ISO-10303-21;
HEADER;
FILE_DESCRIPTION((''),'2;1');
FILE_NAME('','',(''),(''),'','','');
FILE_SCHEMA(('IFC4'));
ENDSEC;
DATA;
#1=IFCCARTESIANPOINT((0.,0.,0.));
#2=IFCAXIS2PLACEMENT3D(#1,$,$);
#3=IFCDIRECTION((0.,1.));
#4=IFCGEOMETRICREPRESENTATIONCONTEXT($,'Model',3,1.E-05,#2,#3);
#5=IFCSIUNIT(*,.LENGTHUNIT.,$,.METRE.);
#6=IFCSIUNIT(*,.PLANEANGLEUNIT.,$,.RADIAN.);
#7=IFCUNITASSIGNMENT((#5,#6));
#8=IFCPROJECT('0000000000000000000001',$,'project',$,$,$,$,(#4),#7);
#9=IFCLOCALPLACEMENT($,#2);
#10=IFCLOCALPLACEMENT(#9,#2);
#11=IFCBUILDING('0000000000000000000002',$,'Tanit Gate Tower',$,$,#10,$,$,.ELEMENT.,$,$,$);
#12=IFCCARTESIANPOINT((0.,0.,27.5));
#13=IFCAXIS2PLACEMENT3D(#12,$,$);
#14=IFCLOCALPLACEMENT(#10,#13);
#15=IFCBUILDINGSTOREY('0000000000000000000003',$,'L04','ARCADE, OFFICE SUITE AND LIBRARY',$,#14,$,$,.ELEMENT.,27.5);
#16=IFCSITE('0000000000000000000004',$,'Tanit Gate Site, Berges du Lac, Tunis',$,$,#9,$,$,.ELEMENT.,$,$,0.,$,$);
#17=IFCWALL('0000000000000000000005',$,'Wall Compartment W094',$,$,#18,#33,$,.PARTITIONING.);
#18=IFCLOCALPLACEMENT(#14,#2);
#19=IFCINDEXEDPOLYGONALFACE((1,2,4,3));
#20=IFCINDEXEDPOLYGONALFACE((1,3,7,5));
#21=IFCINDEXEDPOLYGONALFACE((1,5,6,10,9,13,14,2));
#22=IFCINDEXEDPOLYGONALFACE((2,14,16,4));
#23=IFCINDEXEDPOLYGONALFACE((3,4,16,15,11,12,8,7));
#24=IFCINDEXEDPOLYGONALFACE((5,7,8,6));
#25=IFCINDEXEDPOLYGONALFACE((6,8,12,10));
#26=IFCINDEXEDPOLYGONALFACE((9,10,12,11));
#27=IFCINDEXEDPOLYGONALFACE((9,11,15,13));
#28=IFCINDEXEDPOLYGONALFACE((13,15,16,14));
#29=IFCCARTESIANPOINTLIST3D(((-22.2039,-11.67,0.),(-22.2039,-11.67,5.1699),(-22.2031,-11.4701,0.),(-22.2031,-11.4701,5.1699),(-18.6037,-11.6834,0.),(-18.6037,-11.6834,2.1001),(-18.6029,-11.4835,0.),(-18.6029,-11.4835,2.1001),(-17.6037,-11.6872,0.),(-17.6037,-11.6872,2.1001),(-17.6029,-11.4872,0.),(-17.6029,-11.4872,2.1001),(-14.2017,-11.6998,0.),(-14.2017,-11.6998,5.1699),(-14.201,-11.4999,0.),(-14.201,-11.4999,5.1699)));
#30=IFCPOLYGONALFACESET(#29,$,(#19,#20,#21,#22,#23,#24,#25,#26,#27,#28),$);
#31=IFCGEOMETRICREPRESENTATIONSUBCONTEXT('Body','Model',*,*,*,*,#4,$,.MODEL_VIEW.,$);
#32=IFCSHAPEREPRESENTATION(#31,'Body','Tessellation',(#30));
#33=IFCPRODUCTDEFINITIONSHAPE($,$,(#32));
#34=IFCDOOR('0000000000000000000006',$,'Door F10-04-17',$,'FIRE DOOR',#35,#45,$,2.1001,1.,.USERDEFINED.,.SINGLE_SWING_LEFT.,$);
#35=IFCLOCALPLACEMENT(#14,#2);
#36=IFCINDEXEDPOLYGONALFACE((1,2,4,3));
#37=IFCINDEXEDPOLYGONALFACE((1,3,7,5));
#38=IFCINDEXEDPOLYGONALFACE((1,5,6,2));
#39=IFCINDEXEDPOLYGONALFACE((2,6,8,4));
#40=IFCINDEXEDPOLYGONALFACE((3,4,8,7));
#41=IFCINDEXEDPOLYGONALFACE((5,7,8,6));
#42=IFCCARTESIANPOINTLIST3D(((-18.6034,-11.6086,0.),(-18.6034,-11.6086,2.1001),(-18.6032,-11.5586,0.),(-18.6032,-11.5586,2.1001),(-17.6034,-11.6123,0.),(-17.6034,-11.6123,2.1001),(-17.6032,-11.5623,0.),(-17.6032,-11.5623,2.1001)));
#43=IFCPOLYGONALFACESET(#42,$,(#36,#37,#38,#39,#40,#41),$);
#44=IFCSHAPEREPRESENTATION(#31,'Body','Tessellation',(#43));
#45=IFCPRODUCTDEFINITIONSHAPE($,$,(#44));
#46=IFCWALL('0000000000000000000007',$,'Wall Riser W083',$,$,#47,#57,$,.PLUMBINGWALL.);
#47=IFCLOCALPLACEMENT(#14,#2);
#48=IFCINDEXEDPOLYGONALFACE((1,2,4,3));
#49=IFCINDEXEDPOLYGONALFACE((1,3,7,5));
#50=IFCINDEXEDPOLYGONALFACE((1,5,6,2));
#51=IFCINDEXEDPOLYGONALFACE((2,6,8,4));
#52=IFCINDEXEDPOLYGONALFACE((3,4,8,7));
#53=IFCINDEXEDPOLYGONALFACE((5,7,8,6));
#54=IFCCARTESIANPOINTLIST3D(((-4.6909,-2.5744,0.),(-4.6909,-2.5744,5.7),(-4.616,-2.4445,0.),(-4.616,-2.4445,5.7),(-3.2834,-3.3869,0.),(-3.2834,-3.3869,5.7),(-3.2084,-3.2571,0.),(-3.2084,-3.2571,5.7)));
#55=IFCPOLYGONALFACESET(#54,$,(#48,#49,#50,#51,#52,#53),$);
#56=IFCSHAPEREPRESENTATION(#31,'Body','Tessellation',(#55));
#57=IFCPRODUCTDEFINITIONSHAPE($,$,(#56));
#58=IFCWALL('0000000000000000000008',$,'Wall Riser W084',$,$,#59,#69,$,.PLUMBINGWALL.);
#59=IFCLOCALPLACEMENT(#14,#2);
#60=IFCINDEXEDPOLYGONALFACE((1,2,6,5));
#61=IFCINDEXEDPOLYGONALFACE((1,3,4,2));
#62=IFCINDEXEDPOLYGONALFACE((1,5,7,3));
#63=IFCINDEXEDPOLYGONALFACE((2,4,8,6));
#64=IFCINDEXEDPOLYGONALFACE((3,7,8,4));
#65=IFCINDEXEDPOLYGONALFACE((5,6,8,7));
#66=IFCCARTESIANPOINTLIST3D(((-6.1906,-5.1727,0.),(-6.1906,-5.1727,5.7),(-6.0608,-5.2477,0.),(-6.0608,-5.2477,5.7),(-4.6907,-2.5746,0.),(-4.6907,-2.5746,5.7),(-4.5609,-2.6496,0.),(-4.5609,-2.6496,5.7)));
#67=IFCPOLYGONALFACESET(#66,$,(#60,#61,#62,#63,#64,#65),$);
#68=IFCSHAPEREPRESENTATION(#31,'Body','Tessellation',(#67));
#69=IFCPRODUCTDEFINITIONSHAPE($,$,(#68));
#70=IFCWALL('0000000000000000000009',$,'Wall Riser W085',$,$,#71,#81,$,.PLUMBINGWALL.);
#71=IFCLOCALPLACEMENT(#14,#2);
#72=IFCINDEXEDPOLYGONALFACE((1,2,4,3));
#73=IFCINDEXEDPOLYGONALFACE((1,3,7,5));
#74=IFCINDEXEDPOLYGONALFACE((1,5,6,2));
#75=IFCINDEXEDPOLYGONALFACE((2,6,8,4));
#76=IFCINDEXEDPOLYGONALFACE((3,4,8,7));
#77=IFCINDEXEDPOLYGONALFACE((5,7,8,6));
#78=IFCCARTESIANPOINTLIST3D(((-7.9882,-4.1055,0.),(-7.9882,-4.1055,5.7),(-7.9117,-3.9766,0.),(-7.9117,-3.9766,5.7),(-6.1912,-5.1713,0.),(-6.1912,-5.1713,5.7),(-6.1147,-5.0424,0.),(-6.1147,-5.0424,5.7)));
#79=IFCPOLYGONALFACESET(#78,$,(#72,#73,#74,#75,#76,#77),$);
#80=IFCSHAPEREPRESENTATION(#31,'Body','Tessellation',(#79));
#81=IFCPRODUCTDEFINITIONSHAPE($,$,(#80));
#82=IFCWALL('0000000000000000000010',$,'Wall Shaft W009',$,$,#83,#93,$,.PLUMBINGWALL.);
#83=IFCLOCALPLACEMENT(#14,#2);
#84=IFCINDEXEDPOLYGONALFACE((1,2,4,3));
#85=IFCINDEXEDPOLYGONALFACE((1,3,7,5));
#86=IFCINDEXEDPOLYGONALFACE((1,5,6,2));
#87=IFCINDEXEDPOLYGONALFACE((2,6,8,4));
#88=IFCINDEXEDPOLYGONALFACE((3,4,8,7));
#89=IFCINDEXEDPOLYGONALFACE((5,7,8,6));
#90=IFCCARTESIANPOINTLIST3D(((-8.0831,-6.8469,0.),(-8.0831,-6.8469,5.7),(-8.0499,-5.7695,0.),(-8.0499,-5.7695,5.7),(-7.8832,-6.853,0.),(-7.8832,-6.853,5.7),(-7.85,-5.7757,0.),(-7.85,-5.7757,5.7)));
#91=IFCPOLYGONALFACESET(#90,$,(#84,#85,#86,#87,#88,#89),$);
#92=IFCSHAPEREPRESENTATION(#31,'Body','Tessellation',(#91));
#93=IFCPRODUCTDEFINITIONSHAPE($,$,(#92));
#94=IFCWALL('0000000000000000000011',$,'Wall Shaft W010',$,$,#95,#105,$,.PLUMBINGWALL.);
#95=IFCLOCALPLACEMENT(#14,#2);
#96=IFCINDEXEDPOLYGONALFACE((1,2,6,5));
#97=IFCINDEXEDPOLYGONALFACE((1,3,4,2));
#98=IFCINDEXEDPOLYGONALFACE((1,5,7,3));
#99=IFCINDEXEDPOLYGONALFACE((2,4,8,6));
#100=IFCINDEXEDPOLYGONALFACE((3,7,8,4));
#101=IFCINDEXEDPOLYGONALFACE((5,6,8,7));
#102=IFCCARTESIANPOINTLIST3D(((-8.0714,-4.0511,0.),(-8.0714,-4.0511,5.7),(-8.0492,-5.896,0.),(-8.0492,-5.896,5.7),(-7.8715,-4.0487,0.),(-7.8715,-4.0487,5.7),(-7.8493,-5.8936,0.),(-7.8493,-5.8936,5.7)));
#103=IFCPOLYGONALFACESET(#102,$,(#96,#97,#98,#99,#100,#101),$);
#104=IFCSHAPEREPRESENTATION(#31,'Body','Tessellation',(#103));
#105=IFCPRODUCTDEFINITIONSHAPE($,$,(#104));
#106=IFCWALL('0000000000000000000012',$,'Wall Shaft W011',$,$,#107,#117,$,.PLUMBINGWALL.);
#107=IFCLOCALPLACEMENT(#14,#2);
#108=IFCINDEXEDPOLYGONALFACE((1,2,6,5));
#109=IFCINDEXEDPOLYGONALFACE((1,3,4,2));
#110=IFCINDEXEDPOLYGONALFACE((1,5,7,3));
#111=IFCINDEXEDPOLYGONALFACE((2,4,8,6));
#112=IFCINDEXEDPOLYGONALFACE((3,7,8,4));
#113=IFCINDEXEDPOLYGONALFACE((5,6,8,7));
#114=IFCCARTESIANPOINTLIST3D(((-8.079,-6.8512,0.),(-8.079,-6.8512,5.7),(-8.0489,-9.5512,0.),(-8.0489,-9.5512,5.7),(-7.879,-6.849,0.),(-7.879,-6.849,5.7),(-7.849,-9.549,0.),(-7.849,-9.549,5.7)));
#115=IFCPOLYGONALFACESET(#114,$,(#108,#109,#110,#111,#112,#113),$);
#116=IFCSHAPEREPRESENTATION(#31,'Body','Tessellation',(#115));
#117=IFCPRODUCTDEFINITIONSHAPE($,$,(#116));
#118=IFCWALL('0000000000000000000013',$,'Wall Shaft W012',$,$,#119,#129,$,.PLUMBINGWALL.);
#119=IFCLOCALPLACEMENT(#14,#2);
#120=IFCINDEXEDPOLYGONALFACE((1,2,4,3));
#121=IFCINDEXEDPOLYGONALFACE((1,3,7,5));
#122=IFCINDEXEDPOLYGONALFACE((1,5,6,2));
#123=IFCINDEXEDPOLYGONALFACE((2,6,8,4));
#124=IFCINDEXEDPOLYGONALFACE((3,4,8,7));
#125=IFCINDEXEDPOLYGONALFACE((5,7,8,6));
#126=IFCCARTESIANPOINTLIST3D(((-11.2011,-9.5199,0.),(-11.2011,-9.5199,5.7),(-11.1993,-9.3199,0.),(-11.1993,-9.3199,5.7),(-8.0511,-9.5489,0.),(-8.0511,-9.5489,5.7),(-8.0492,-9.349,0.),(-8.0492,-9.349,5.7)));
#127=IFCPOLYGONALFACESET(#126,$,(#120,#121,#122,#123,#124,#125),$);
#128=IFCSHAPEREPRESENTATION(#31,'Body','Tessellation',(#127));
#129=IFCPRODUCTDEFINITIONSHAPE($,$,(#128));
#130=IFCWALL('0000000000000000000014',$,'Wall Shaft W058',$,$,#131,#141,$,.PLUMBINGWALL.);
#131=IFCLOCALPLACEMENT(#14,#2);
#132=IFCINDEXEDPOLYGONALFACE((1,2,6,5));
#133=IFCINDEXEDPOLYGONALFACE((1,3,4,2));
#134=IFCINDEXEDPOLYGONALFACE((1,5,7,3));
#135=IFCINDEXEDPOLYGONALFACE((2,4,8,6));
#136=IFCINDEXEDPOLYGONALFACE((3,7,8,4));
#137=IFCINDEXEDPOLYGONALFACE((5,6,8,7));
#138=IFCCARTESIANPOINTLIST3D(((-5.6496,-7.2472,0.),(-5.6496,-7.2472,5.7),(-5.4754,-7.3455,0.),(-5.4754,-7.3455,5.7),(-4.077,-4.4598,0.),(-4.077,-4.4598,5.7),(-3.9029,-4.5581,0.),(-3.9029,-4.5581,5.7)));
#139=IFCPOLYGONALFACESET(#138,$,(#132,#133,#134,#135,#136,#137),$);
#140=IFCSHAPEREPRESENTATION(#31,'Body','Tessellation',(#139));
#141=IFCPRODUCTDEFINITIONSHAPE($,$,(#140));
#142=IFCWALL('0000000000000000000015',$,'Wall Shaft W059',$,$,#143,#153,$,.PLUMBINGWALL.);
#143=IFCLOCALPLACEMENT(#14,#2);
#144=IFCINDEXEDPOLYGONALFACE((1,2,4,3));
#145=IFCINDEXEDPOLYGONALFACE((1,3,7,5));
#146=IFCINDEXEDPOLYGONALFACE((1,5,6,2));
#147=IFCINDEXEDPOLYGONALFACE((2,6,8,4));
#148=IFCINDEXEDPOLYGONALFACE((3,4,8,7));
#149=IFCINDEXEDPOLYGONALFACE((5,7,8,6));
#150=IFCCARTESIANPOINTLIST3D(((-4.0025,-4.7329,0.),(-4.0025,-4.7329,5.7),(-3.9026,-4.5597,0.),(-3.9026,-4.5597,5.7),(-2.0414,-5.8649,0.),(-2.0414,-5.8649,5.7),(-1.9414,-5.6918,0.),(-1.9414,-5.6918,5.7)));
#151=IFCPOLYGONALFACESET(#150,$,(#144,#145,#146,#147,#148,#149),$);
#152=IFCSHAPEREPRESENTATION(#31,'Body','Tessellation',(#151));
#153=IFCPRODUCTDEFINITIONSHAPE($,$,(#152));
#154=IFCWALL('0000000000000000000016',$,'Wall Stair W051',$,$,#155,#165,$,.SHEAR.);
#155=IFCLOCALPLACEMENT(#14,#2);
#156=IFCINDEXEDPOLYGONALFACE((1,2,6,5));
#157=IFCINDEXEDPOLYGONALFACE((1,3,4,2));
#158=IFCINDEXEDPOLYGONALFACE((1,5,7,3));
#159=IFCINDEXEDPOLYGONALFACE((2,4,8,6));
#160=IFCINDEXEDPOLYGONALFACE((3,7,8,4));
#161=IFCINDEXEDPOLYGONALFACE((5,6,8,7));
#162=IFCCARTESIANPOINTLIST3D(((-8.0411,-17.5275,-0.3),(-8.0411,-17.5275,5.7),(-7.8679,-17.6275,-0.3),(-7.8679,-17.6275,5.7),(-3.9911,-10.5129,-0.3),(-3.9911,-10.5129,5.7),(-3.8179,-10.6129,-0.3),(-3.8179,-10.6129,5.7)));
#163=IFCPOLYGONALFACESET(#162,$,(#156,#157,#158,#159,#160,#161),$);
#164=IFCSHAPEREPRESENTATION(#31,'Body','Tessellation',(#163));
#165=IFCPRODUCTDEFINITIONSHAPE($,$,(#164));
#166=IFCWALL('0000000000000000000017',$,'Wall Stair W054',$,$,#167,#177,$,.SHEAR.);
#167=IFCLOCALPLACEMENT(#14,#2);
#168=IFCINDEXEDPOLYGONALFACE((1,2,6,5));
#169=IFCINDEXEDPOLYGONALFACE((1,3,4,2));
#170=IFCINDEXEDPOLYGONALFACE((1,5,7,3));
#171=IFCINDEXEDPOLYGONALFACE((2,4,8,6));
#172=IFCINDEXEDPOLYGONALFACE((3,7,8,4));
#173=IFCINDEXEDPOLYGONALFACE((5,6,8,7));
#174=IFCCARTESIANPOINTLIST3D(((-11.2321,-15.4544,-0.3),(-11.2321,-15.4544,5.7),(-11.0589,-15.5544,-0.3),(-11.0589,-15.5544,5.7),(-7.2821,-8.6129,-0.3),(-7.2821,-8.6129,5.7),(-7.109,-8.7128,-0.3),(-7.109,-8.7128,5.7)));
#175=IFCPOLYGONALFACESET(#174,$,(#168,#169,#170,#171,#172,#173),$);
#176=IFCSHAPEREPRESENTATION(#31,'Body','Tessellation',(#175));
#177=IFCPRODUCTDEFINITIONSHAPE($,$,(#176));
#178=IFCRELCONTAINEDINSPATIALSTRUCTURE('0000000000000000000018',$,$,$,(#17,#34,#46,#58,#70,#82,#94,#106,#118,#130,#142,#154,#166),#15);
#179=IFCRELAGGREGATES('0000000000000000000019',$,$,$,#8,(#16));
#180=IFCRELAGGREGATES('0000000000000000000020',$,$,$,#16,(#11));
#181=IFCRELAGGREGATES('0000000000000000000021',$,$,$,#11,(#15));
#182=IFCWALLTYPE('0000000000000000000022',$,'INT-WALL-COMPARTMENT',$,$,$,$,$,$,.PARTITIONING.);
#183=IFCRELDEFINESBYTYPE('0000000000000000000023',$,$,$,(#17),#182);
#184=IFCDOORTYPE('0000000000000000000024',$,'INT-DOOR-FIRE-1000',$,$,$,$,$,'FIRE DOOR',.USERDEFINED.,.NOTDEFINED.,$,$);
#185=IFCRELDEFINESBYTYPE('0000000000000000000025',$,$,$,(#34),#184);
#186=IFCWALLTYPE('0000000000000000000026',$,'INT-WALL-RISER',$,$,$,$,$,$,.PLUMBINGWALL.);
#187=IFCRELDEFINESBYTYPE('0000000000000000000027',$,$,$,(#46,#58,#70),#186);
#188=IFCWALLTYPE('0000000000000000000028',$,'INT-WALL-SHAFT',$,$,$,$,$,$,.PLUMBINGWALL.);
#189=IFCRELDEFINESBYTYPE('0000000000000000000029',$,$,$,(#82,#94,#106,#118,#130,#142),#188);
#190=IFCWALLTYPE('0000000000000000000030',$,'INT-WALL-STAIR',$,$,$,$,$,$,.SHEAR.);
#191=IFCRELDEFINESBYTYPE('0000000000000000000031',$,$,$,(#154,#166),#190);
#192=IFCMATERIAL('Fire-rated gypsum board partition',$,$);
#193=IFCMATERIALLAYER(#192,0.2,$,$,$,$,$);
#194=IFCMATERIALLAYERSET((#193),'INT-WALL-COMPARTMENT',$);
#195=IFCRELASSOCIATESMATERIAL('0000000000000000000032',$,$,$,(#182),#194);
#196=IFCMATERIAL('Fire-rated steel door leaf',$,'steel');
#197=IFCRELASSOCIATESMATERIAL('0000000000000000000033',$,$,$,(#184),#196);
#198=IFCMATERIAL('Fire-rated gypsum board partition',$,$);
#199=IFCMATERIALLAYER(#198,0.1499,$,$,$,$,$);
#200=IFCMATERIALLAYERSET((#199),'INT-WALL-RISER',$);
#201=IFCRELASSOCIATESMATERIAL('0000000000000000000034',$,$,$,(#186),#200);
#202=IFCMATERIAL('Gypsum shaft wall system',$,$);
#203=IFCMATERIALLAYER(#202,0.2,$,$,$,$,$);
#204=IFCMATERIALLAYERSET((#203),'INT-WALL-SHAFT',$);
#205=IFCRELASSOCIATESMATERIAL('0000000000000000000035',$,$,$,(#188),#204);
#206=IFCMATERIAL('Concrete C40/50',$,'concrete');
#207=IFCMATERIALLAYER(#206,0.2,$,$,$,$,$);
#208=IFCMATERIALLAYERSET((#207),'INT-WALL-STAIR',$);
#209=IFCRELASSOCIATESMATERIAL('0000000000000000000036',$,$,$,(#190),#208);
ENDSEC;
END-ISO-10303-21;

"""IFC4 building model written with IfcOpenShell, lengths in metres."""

from ifc_helpers import new_model, si_unit, direction, frame, frame_2d, origin, place, context, subcontext, project, spatial, rectangle, extrude, material, layer, layer_set, type_object, element, fill, save


model = new_model("IFC4")

# Units and contexts
model_context = context("Model", 3, precision=1e-05, world=origin(), true_north=direction((0.0, 1.0)))
body_context = subcontext(model_context, "Body", "Model", "MODEL_VIEW")
ifc_project = project(units=[si_unit("LENGTHUNIT", "METRE"), si_unit("PLANEANGLEUNIT", "RADIAN")], contexts=[model_context])

# Site, building, storey
site_placement = place(None, origin())
site = spatial("IfcSite", under=ifc_project, at=site_placement, Name="Tanit Gate Site, Berges du Lac, Tunis", CompositionType="ELEMENT", RefElevation=0.0)
building_placement = place(site_placement, origin())
building = spatial("IfcBuilding", under=site, at=building_placement, Name="Tanit Gate Tower", CompositionType="ELEMENT")
storey_placement = place(building_placement, frame((0.0, 0.0, 27.5)))
storey = spatial("IfcBuildingStorey", under=building, at=storey_placement, Name="L04", Description="ARCADE, OFFICE SUITE AND LIBRARY", CompositionType="ELEMENT", Elevation=27.5)

# Shared definitions
ifc_material_1 = material(Name="Fire-rated gypsum board partition")
ifc_layer_1 = layer(ifc_material_1, 0.2)
ifc_layer_set_1 = layer_set([ifc_layer_1], Name="INT-WALL-COMPARTMENT")
wall_type_1 = type_object("IfcWallType", Name="INT-WALL-COMPARTMENT", PredefinedType="PARTITIONING", material=ifc_layer_set_1)

# Shared definitions
ifc_material_2 = material(Name="Fire-rated steel door leaf", Category="steel")
door_type_1 = type_object("IfcDoorType", Name="INT-DOOR-FIRE-1000", ElementType="FIRE DOOR", OperationType="NOTDEFINED", PredefinedType="USERDEFINED", material=ifc_material_2)

# Wall, opening, door
wall_1_placement = place(storey_placement, frame((-22.2034, -11.5701, 0.0), z_axis=(0.0, 0.0, 1.0), x_axis=(0.999993, -0.003722, 0.0)))
wall_1 = element("IfcWall", 1, at=wall_1_placement, inside=storey, type_object=wall_type_1, Name="Wall Compartment W094", PredefinedType="PARTITIONING", context=body_context, shape_type="SweptSolid", body=[
    extrude(rectangle(XDim=8.0022, YDim=0.2, at=frame_2d((4.001, 0.0))), origin(), (0.0, 0.0, 1.0), 5.1699),
])
opening_1_placement = place(wall_1_placement, frame((3.6001, 0.0, 0.0)))
opening_1 = element("IfcOpeningElement", 2, at=opening_1_placement, cuts=wall_1, PredefinedType="OPENING", context=body_context, shape_type="SweptSolid", body=[
    extrude(rectangle(XDim=1.0, YDim=2.1001, at=frame_2d((0.5, 1.05))), frame((0.0, 0.1099, 0.0), z_axis=(0.0, -1.0, 0.0), x_axis=(1.0, 0.0, 0.0)), (0.0, 0.0, 1.0), 0.22),
])
door_1_placement = place(opening_1_placement, origin())
door_1 = element("IfcDoor", 3, at=door_1_placement, inside=storey, type_object=door_type_1, Name="Door F10-04-17", ObjectType="FIRE DOOR", OperationType="SINGLE_SWING_LEFT", OverallHeight=2.1001, OverallWidth=1.0, PredefinedType="USERDEFINED", context=body_context, shape_type="SweptSolid", body=[
    extrude(rectangle(XDim=1.0, YDim=2.1001, at=frame_2d((0.5, 1.05))), frame((0.0, 0.0249, 0.0), z_axis=(0.0, -1.0, 0.0), x_axis=(1.0, 0.0, 0.0)), (0.0, 0.0, 1.0), 0.05),
])
fill(opening_1, door_1)

# Walls
ifc_material_3 = material(Name="Fire-rated gypsum board partition")
ifc_layer_2 = layer(ifc_material_3, 0.1499)
ifc_layer_set_2 = layer_set([ifc_layer_2], Name="INT-WALL-RISER")
wall_type_2 = type_object("IfcWallType", Name="INT-WALL-RISER", PredefinedType="PLUMBINGWALL", material=ifc_layer_set_2)
wall_2_placement = place(storey_placement, frame((-4.6533, -2.5095, 0.0), z_axis=(0.0, 0.0, 1.0), x_axis=(0.866053, -0.499952, 0.0)))
element("IfcWall", 4, at=wall_2_placement, inside=storey, type_object=wall_type_2, Name="Wall Riser W083", PredefinedType="PLUMBINGWALL", context=body_context, shape_type="SweptSolid", body=[
    extrude(rectangle(XDim=1.6252, YDim=0.1499, at=frame_2d((0.8125, 0.0))), origin(), (0.0, 0.0, 1.0), 5.7),
])
wall_3_placement = place(storey_placement, frame((-6.1257, -5.2102, 0.0), z_axis=(0.0, 0.0, 1.0), x_axis=(0.49999, 0.866031, 0.0)))
element("IfcWall", 5, at=wall_3_placement, inside=storey, type_object=wall_type_2, Name="Wall Riser W084", PredefinedType="PLUMBINGWALL", context=body_context, shape_type="SweptSolid", body=[
    extrude(rectangle(XDim=3.0, YDim=0.1499, at=frame_2d((1.5, 0.0))), origin(), (0.0, 0.0, 1.0), 5.7),
])
wall_4_placement = place(storey_placement, frame((-7.95, -4.041, 0.0), z_axis=(0.0, 0.0, 1.0), x_axis=(0.86009, -0.510142, 0.0)))
element("IfcWall", 6, at=wall_4_placement, inside=storey, type_object=wall_type_2, Name="Wall Riser W085", PredefinedType="PLUMBINGWALL", context=body_context, shape_type="SweptSolid", body=[
    extrude(rectangle(XDim=2.0894, YDim=0.1499, at=frame_2d((1.0447, 0.0))), origin(), (0.0, 0.0, 1.0), 5.7),
])
ifc_material_4 = material(Name="Gypsum shaft wall system")
ifc_layer_3 = layer(ifc_material_4, 0.2)
ifc_layer_set_3 = layer_set([ifc_layer_3], Name="INT-WALL-SHAFT")
wall_type_3 = type_object("IfcWallType", Name="INT-WALL-SHAFT", PredefinedType="PLUMBINGWALL", material=ifc_layer_set_3)
wall_5_placement = place(storey_placement, frame((-7.95, -5.7725, 0.0), z_axis=(0.0, 0.0, 1.0), x_axis=(-0.030803, -0.999525, 0.0)))
element("IfcWall", 7, at=wall_5_placement, inside=storey, type_object=wall_type_3, Name="Wall Shaft W009", PredefinedType="PLUMBINGWALL", context=body_context, shape_type="SweptSolid", body=[
    extrude(rectangle(XDim=1.0779, YDim=0.2, at=frame_2d((0.5391, 0.0))), origin(), (0.0, 0.0, 1.0), 5.7),
])
wall_6_placement = place(storey_placement, frame((-7.9714, -4.05, 0.0), z_axis=(0.0, 0.0, 1.0), x_axis=(0.012043, -0.999927, 0.0)))
element("IfcWall", 8, at=wall_6_placement, inside=storey, type_object=wall_type_3, Name="Wall Shaft W010", PredefinedType="PLUMBINGWALL", context=body_context, shape_type="SweptSolid", body=[
    extrude(rectangle(XDim=1.845, YDim=0.2, at=frame_2d((0.9224, 0.0))), origin(), (0.0, 0.0, 1.0), 5.7),
])
wall_7_placement = place(storey_placement, frame((-7.979, -6.8501, 0.0), z_axis=(0.0, 0.0, 1.0), x_axis=(0.011121, -0.999938, 0.0)))
element("IfcWall", 9, at=wall_7_placement, inside=storey, type_object=wall_type_3, Name="Wall Shaft W011", PredefinedType="PLUMBINGWALL", context=body_context, shape_type="SweptSolid", body=[
    extrude(rectangle(XDim=2.7002, YDim=0.2, at=frame_2d((1.3501, 0.0))), origin(), (0.0, 0.0, 1.0), 5.7),
])
wall_8_placement = place(storey_placement, frame((-8.05, -9.449, 0.0), z_axis=(0.0, 0.0, 1.0), x_axis=(-0.999957, 0.009223, 0.0)))
element("IfcWall", 10, at=wall_8_placement, inside=storey, type_object=wall_type_3, Name="Wall Shaft W012", PredefinedType="PLUMBINGWALL", context=body_context, shape_type="SweptSolid", body=[
    extrude(rectangle(XDim=3.1501, YDim=0.2, at=frame_2d((1.5752, 0.0))), origin(), (0.0, 0.0, 1.0), 5.7),
])

# Walls
wall_9_placement = place(storey_placement, frame((-3.99, -4.509, 0.0), z_axis=(0.0, 0.0, 1.0), x_axis=(-0.491358, -0.870958, 0.0)))
element("IfcWall", 11, at=wall_9_placement, inside=storey, type_object=wall_type_3, Name="Wall Shaft W058", PredefinedType="PLUMBINGWALL", context=body_context, shape_type="SweptSolid", body=[
    extrude(rectangle(XDim=3.2004, YDim=0.2, at=frame_2d((1.6001, 0.0))), origin(), (0.0, 0.0, 1.0), 5.7),
])
wall_10_placement = place(storey_placement, frame((-3.9526, -4.6462, 0.0), z_axis=(0.0, 0.0, 1.0), x_axis=(0.866065, -0.499931, 0.0)))
element("IfcWall", 12, at=wall_10_placement, inside=storey, type_object=wall_type_3, Name="Wall Shaft W059", PredefinedType="PLUMBINGWALL", context=body_context, shape_type="SweptSolid", body=[
    extrude(rectangle(XDim=2.2644, YDim=0.2, at=frame_2d((1.1323, 0.0))), origin(), (0.0, 0.0, 1.0), 5.7),
])
ifc_material_5 = material(Name="Concrete C40/50", Category="concrete")
ifc_layer_4 = layer(ifc_material_5, 0.2)
ifc_layer_set_4 = layer_set([ifc_layer_4], Name="INT-WALL-STAIR")
wall_type_4 = type_object("IfcWallType", Name="INT-WALL-STAIR", PredefinedType="SHEAR", material=ifc_layer_set_4)
wall_11_placement = place(storey_placement, frame((-3.9045, -10.563, -0.3), z_axis=(0.0, 0.0, 1.0), x_axis=(-0.500013, -0.866018, 0.0)))
element("IfcWall", 13, at=wall_11_placement, inside=storey, type_object=wall_type_4, Name="Wall Stair W051", PredefinedType="SHEAR", context=body_context, shape_type="SweptSolid", body=[
    extrude(rectangle(XDim=8.0999, YDim=0.2, at=frame_2d((4.0498, 0.0))), origin(), (0.0, 0.0, 1.0), 6.0),
])
wall_12_placement = place(storey_placement, frame((-7.1956, -8.6628, -0.3), z_axis=(0.0, 0.0, 1.0), x_axis=(-0.499998, -0.866027, 0.0)))
element("IfcWall", 14, at=wall_12_placement, inside=storey, type_object=wall_type_4, Name="Wall Stair W054", PredefinedType="SHEAR", context=body_context, shape_type="SweptSolid", body=[
    extrude(rectangle(XDim=7.8999, YDim=0.2, at=frame_2d((3.95, 0.0))), origin(), (0.0, 0.0, 1.0), 6.0),
])

save(model, "model.ifc")
